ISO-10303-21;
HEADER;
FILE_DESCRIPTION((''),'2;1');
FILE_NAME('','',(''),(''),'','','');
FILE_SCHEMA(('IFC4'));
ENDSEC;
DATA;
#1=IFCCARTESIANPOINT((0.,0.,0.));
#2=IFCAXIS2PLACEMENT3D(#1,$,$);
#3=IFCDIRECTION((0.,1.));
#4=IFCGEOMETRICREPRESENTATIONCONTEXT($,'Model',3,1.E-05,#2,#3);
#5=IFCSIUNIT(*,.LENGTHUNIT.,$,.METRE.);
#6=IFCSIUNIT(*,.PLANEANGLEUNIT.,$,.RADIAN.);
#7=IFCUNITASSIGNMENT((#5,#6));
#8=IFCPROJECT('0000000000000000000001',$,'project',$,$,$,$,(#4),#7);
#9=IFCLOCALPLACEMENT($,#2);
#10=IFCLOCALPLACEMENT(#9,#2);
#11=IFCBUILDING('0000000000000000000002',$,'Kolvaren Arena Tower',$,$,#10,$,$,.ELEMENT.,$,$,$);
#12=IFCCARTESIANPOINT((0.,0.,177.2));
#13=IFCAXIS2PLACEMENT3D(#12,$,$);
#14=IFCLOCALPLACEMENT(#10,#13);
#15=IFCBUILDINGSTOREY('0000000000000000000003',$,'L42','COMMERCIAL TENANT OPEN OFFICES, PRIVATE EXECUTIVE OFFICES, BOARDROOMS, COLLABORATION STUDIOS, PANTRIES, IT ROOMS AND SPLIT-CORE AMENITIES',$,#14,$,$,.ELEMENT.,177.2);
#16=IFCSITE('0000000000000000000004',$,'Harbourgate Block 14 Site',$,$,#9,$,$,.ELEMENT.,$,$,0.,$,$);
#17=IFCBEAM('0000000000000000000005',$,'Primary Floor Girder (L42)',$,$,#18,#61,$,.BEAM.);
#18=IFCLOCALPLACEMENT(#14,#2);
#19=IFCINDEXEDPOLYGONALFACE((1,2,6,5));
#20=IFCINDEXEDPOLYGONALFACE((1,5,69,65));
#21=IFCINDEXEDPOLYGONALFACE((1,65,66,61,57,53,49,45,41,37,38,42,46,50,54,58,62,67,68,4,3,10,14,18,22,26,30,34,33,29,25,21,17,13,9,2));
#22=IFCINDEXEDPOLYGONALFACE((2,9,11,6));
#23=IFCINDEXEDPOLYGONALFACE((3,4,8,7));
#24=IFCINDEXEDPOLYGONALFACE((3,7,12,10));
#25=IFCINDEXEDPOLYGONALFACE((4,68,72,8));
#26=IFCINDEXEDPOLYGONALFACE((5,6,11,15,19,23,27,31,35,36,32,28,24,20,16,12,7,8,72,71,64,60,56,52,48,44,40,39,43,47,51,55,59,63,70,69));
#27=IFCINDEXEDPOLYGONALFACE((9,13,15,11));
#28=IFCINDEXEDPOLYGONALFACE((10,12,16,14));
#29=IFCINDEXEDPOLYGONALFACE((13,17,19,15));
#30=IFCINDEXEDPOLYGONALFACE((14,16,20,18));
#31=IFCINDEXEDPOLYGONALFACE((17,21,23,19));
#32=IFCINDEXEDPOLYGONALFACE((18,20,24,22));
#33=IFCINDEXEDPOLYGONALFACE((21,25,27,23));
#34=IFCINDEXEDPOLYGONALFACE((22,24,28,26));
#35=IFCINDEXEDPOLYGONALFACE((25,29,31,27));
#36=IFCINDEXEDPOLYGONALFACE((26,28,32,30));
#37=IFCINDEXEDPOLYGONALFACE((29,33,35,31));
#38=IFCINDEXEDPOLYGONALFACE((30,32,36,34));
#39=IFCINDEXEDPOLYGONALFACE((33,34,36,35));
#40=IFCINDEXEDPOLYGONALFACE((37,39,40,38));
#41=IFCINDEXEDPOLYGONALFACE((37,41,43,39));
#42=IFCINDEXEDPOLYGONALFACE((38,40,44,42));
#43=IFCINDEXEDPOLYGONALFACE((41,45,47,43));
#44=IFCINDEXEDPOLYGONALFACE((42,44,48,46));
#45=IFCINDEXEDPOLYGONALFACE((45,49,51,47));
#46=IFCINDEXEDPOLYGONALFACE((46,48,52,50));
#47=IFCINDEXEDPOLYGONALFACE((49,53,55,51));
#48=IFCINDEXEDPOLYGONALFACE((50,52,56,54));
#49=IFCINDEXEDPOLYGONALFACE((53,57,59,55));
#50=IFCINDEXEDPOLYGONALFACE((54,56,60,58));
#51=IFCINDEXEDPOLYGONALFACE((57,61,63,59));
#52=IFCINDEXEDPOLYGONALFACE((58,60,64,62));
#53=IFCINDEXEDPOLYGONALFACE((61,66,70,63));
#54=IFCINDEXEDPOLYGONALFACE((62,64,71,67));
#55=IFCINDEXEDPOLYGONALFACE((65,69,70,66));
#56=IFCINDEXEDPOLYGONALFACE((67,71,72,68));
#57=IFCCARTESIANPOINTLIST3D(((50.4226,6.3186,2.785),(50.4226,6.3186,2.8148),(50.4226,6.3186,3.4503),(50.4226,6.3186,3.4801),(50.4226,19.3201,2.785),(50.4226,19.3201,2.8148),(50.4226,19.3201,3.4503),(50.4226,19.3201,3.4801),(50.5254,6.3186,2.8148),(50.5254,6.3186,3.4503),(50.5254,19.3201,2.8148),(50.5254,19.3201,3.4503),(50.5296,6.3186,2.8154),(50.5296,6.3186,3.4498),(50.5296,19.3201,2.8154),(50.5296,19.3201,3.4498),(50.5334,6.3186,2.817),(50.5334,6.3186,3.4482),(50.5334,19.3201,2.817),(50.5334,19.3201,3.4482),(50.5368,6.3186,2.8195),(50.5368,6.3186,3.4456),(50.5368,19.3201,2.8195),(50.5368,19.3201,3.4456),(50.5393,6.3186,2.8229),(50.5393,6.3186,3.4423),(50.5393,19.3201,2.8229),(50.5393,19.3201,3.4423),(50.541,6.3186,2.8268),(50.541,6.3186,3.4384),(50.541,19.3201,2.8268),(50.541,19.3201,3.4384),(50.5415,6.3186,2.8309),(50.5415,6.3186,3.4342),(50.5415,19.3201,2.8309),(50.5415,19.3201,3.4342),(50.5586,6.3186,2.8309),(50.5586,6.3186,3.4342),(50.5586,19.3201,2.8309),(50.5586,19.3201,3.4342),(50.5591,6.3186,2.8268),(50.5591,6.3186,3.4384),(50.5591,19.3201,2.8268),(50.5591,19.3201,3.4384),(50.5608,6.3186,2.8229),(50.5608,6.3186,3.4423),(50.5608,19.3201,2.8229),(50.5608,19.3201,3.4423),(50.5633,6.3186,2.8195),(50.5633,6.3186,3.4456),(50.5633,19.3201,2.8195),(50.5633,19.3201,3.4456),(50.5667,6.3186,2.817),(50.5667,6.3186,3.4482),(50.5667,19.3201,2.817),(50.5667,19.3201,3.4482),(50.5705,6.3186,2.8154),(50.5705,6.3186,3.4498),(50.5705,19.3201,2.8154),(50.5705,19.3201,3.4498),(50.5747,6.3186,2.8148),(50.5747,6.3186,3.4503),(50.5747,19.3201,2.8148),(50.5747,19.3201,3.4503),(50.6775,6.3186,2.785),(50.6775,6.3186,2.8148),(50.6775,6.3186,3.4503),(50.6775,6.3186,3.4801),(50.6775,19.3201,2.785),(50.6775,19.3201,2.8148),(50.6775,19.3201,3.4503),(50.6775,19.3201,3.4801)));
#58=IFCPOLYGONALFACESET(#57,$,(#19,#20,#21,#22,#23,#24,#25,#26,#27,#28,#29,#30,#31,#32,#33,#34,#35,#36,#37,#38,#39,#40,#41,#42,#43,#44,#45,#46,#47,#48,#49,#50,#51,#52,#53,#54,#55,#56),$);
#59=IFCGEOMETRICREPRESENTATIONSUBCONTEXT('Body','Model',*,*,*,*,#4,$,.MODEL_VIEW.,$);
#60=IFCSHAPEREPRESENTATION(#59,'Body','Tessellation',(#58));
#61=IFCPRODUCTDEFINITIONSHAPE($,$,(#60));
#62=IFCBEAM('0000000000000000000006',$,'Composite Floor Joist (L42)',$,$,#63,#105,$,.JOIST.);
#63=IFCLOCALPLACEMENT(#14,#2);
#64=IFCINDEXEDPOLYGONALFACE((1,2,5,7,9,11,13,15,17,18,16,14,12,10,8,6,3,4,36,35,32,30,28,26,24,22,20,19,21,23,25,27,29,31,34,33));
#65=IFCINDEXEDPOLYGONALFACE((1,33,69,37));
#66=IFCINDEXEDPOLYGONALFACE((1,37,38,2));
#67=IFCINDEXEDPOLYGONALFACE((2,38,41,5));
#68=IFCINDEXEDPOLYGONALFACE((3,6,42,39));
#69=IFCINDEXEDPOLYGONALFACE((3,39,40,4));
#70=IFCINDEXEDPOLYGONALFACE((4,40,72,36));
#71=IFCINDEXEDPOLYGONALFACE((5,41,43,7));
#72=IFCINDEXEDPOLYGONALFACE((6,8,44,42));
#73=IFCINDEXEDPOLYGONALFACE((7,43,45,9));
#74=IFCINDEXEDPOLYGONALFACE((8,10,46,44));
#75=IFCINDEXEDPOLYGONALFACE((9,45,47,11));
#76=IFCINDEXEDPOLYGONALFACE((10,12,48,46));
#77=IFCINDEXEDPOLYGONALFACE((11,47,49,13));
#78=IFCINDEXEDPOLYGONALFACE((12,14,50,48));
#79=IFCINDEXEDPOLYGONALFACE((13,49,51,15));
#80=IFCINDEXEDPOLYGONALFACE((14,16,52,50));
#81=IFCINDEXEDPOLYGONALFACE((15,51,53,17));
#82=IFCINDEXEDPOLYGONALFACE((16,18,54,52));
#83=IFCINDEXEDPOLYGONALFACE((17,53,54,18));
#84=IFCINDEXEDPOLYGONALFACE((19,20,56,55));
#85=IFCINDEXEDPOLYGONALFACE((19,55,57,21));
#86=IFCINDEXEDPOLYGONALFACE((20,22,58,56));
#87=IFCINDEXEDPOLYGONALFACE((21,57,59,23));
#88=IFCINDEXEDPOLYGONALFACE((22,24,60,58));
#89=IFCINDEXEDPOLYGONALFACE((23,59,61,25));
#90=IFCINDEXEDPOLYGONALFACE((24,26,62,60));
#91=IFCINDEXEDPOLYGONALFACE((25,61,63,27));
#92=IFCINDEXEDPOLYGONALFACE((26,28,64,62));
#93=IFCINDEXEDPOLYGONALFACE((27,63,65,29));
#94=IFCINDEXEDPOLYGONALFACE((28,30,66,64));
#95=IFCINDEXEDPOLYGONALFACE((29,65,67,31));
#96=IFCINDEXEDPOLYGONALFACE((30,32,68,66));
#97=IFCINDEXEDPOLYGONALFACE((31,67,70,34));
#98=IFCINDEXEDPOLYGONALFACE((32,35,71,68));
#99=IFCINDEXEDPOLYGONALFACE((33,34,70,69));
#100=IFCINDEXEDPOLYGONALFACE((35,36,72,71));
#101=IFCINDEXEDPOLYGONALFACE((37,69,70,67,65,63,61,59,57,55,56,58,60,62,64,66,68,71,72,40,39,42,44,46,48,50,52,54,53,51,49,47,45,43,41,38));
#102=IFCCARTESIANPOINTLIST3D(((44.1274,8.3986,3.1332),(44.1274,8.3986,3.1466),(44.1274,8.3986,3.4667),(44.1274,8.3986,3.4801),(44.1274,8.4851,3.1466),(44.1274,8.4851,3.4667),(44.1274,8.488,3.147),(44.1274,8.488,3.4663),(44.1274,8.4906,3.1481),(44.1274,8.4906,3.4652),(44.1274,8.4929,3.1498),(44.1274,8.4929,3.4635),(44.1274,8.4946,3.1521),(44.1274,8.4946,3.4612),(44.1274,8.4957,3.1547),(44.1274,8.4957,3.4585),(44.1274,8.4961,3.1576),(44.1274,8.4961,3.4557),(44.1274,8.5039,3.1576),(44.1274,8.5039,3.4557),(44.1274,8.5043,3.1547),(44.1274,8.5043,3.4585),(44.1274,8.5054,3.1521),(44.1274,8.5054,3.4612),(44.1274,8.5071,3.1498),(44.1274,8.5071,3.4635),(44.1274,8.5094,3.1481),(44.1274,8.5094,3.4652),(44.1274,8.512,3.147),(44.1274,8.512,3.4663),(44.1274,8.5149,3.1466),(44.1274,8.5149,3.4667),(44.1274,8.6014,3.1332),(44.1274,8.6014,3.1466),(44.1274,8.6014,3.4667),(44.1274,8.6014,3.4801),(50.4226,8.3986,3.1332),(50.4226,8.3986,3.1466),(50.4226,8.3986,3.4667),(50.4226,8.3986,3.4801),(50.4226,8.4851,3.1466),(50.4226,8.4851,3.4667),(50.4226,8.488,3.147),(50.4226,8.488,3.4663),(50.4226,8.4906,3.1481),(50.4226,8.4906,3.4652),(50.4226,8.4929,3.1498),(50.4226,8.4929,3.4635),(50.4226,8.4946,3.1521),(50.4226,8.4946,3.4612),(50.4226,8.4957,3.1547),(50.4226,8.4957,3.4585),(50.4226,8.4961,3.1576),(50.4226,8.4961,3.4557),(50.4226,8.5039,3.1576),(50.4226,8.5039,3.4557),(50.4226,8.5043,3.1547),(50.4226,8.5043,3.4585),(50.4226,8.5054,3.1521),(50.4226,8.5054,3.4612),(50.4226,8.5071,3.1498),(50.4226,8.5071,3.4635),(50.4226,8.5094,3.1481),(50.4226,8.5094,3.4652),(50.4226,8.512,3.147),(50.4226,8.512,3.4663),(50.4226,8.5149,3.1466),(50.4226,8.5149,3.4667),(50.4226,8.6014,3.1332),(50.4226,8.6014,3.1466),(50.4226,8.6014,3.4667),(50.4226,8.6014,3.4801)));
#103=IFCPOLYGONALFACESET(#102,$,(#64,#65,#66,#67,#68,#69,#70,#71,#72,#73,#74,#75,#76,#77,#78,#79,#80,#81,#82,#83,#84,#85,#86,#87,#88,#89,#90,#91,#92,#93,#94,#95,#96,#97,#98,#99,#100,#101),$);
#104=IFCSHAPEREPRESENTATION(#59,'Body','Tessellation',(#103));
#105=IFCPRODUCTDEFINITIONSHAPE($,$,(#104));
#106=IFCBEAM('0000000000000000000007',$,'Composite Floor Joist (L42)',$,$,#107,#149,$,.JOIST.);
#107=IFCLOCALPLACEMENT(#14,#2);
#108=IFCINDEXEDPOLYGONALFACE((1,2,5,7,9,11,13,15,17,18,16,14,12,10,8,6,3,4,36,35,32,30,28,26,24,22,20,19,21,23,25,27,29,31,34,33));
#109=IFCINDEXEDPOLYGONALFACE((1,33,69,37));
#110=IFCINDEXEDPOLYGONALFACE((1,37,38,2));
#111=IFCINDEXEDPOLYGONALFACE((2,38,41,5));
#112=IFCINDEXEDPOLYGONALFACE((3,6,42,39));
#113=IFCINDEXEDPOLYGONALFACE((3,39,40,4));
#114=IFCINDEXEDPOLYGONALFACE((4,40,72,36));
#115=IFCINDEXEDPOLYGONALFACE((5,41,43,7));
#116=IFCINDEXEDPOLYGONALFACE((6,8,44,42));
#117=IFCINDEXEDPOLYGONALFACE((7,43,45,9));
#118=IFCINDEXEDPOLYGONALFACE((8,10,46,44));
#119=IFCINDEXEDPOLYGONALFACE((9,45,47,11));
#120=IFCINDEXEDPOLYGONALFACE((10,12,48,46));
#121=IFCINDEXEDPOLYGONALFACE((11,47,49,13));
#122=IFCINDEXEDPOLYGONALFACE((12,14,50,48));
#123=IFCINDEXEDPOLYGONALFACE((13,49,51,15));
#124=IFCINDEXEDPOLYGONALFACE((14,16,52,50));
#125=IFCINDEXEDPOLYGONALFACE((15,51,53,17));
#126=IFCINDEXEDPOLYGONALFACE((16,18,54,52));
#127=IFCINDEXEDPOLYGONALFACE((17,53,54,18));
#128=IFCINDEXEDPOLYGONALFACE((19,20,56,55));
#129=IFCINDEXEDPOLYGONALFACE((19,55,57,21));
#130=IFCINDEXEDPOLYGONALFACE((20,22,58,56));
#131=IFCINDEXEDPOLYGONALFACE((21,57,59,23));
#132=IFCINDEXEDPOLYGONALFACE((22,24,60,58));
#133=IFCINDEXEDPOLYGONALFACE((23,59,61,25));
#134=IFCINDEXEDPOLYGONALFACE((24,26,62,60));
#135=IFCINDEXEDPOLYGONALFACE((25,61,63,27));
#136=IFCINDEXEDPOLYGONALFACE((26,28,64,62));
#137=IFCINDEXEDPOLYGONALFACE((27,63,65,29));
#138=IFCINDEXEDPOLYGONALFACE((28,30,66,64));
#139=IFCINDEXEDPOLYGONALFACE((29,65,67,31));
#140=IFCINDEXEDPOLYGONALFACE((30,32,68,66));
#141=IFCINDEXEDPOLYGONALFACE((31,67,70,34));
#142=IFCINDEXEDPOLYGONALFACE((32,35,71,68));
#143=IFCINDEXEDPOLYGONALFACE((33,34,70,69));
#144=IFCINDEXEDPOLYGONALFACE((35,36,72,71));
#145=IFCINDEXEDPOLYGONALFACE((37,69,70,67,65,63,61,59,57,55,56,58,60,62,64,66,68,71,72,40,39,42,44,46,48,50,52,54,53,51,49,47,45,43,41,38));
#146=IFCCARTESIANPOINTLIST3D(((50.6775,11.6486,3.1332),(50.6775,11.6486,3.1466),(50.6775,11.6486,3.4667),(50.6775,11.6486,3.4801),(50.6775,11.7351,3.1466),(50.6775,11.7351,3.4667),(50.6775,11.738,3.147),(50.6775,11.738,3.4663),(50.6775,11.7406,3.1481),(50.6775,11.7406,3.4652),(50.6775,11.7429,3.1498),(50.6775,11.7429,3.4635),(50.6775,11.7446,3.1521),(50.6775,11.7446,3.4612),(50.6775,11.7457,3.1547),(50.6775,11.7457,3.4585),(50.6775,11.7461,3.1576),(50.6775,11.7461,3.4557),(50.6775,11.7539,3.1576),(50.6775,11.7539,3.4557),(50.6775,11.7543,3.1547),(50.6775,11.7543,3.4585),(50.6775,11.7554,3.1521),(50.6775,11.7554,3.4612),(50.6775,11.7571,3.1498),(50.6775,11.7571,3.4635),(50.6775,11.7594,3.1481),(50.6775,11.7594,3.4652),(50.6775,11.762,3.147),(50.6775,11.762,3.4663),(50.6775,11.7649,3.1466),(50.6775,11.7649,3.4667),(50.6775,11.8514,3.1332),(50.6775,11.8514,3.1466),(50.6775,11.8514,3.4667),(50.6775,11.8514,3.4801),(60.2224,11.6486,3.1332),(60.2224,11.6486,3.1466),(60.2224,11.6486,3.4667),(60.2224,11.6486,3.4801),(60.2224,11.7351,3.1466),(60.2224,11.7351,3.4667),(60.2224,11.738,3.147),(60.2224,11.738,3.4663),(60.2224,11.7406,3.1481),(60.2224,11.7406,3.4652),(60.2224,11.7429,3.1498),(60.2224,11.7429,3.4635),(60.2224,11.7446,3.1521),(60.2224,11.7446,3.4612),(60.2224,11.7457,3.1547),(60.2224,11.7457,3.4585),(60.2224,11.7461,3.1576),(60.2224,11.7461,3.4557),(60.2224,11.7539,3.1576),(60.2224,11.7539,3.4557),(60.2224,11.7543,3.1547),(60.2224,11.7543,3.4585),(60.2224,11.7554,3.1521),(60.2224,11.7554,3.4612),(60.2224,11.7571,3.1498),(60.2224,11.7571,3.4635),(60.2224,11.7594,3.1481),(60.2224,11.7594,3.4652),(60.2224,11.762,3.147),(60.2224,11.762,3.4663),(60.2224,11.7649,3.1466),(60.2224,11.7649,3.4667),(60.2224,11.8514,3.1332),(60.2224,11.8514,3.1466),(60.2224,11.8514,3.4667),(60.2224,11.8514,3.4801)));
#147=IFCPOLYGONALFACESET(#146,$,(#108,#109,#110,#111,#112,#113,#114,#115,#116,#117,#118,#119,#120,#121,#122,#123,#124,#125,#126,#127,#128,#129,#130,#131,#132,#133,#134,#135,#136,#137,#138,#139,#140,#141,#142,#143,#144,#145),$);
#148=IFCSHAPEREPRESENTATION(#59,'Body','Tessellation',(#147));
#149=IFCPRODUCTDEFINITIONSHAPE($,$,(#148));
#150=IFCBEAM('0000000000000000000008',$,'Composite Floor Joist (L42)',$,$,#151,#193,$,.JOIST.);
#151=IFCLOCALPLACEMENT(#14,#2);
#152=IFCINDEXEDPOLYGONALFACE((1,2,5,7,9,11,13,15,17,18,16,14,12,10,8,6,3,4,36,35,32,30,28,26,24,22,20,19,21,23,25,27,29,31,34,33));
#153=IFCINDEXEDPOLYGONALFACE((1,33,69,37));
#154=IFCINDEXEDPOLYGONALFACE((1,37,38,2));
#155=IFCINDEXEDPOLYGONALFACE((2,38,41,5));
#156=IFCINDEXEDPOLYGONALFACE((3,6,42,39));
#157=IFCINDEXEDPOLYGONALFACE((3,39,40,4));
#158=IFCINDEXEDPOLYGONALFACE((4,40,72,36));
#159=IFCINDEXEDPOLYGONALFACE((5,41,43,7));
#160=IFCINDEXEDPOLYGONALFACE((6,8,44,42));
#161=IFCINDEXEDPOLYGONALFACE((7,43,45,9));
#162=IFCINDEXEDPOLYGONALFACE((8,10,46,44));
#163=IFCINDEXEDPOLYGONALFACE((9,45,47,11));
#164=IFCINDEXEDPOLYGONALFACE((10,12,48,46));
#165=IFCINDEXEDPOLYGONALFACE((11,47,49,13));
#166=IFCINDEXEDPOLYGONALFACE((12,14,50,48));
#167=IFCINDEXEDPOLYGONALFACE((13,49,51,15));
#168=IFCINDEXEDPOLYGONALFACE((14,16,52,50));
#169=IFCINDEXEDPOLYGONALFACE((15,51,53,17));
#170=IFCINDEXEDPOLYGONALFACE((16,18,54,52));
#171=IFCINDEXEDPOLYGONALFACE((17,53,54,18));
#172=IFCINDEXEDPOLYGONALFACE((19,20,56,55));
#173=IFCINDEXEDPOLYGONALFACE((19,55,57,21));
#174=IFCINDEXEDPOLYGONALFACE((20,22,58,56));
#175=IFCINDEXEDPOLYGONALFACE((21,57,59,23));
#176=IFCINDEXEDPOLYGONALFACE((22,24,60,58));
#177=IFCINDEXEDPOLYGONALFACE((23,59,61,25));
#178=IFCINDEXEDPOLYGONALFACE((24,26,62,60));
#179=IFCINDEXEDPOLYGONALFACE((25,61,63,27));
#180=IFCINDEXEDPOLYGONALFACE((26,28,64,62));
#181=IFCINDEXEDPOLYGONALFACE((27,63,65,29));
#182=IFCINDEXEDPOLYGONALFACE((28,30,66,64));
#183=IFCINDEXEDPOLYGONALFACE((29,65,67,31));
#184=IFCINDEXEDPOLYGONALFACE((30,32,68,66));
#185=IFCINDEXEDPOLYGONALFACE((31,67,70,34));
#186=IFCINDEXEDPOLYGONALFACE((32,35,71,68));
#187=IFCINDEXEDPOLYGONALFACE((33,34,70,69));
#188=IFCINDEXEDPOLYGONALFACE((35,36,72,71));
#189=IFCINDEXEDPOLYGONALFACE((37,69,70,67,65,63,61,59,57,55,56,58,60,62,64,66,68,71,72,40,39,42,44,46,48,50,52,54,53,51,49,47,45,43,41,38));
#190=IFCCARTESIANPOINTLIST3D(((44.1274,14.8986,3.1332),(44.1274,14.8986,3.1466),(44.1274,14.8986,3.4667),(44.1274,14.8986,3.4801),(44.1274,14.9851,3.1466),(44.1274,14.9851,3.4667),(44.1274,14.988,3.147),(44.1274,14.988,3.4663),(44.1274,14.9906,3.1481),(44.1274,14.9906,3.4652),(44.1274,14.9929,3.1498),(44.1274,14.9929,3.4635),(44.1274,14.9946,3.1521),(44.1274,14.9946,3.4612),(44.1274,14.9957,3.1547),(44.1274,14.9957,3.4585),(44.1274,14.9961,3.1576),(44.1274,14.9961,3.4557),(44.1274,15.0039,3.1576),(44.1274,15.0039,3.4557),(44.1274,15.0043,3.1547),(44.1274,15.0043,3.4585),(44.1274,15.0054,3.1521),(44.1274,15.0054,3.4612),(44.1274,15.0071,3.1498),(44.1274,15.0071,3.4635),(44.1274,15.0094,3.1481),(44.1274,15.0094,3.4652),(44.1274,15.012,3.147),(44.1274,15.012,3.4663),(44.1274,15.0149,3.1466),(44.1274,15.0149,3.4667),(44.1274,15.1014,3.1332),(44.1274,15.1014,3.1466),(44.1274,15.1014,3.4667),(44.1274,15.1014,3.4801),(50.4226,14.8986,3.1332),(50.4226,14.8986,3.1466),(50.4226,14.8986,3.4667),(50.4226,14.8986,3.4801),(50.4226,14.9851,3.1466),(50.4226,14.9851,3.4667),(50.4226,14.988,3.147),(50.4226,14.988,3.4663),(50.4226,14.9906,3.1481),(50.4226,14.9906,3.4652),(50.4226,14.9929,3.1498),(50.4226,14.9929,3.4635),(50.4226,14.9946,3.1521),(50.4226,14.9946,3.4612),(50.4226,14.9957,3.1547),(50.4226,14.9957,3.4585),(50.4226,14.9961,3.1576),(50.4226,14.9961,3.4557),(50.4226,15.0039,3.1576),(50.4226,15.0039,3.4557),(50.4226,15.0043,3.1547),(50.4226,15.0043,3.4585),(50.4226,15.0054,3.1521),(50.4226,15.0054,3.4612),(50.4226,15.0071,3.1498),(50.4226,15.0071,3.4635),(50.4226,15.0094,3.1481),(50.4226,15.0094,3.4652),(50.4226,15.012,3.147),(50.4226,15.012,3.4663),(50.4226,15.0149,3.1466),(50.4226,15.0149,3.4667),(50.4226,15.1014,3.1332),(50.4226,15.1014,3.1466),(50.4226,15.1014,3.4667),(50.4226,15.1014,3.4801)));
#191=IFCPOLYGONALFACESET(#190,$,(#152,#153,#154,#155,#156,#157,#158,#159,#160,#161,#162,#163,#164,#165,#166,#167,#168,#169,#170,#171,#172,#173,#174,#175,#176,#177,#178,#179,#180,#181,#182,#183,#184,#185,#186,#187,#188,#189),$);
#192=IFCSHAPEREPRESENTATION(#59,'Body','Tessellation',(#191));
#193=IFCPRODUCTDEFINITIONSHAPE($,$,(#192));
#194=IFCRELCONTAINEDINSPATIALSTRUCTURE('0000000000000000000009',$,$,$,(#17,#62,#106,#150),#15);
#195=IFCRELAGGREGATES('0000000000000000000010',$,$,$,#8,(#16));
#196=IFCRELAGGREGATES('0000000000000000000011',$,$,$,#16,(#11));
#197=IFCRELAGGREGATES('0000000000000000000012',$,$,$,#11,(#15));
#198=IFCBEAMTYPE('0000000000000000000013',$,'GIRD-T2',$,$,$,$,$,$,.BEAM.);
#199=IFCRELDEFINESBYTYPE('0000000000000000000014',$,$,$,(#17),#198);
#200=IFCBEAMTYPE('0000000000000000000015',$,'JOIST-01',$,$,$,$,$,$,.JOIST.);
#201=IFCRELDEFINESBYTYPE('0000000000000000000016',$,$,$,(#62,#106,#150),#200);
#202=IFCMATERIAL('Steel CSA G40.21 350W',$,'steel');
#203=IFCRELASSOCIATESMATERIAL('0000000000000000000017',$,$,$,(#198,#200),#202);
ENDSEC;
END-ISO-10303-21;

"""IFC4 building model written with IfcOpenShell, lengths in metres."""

from ifc_helpers import new_model, si_unit, direction, frame, origin, origin_2d, place, context, subcontext, project, spatial, i_section, extrude, material, material_profile, profile_set, type_object, element, save


model = new_model("IFC4")

# Units and contexts
model_context = context("Model", 3, precision=1e-05, world=origin(), true_north=direction((0.0, 1.0)))
body_context = subcontext(model_context, "Body", "Model", "MODEL_VIEW")
ifc_project = project(units=[si_unit("LENGTHUNIT", "METRE"), si_unit("PLANEANGLEUNIT", "RADIAN")], contexts=[model_context])

# Site, building, storey
site_placement = place(None, origin())
site = spatial("IfcSite", under=ifc_project, at=site_placement, Name="Harbourgate Block 14 Site", CompositionType="ELEMENT", RefElevation=0.0)
building_placement = place(site_placement, origin())
building = spatial("IfcBuilding", under=site, at=building_placement, Name="Kolvaren Arena Tower", CompositionType="ELEMENT")
storey_placement = place(building_placement, frame((0.0, 0.0, 177.2)))
storey = spatial("IfcBuildingStorey", under=building, at=storey_placement, Name="L42", Description="COMMERCIAL TENANT OPEN OFFICES, PRIVATE EXECUTIVE OFFICES, BOARDROOMS, COLLABORATION STUDIOS, PANTRIES, IT ROOMS AND SPLIT-CORE AMENITIES", CompositionType="ELEMENT", Elevation=177.2)

# Beams
ifc_material_1 = material(Name="Steel CSA G40.21 350W", Category="steel")
ifc_material_profile_1 = material_profile(ifc_material_1, i_section(OverallWidth=0.2549, OverallDepth=0.6951, WebThickness=0.0171, FlangeThickness=0.0298, FilletRadius=0.0161, at=origin_2d()), Name="W690x217")
ifc_profile_set_1 = profile_set([ifc_material_profile_1], Name="Steel CSA G40.21 350W")
beam_type_1 = type_object("IfcBeamType", Name="GIRD-T2", PredefinedType="BEAM", material=ifc_profile_set_1)
beam_1_placement = place(storey_placement, frame((50.55, 6.3186, 3.1326), z_axis=(0.0, 1.0, 0.0), x_axis=(-1.0, 0.0, 0.0)))
element("IfcBeam", 1, at=beam_1_placement, inside=storey, type_object=beam_type_1, Name="Primary Floor Girder (L42)", PredefinedType="BEAM", context=body_context, shape_type="SweptSolid", body=[
    extrude(i_section(OverallWidth=0.2549, OverallDepth=0.6951, WebThickness=0.0171, FlangeThickness=0.0298, FilletRadius=0.0161, at=origin_2d()), origin(), (0.0, 0.0, 1.0), 13.0015),
])
ifc_material_profile_2 = material_profile(ifc_material_1, i_section(OverallWidth=0.2029, OverallDepth=0.3469, WebThickness=0.0078, FlangeThickness=0.0134, FilletRadius=0.011, at=origin_2d()), Name="W360x64")
ifc_profile_set_2 = profile_set([ifc_material_profile_2], Name="Steel CSA G40.21 350W")
beam_type_2 = type_object("IfcBeamType", Name="JOIST-01", PredefinedType="JOIST", material=ifc_profile_set_2)
beam_2_placement = place(storey_placement, frame((44.1274, 8.5, 3.3066), z_axis=(1.0, 0.0, 0.0), x_axis=(0.0, 1.0, 0.0)))
element("IfcBeam", 2, at=beam_2_placement, inside=storey, type_object=beam_type_2, Name="Composite Floor Joist (L42)", PredefinedType="JOIST", context=body_context, shape_type="SweptSolid", body=[
    extrude(i_section(OverallWidth=0.2029, OverallDepth=0.3469, WebThickness=0.0078, FlangeThickness=0.0134, FilletRadius=0.011, at=origin_2d()), origin(), (0.0, 0.0, 1.0), 6.2952),
])
beam_3_placement = place(storey_placement, frame((50.6775, 11.75, 3.3066), z_axis=(1.0, 0.0, 0.0), x_axis=(0.0, 1.0, 0.0)))
element("IfcBeam", 3, at=beam_3_placement, inside=storey, type_object=beam_type_2, Name="Composite Floor Joist (L42)", PredefinedType="JOIST", context=body_context, shape_type="SweptSolid", body=[
    extrude(i_section(OverallWidth=0.2029, OverallDepth=0.3469, WebThickness=0.0078, FlangeThickness=0.0134, FilletRadius=0.011, at=origin_2d()), origin(), (0.0, 0.0, 1.0), 9.5449),
])
beam_4_placement = place(storey_placement, frame((44.1274, 15.0, 3.3066), z_axis=(1.0, 0.0, 0.0), x_axis=(0.0, 1.0, 0.0)))
element("IfcBeam", 4, at=beam_4_placement, inside=storey, type_object=beam_type_2, Name="Composite Floor Joist (L42)", PredefinedType="JOIST", context=body_context, shape_type="SweptSolid", body=[
    extrude(i_section(OverallWidth=0.2029, OverallDepth=0.3469, WebThickness=0.0078, FlangeThickness=0.0134, FilletRadius=0.011, at=origin_2d()), origin(), (0.0, 0.0, 1.0), 6.2952),
])

save(model, "model.ifc")
